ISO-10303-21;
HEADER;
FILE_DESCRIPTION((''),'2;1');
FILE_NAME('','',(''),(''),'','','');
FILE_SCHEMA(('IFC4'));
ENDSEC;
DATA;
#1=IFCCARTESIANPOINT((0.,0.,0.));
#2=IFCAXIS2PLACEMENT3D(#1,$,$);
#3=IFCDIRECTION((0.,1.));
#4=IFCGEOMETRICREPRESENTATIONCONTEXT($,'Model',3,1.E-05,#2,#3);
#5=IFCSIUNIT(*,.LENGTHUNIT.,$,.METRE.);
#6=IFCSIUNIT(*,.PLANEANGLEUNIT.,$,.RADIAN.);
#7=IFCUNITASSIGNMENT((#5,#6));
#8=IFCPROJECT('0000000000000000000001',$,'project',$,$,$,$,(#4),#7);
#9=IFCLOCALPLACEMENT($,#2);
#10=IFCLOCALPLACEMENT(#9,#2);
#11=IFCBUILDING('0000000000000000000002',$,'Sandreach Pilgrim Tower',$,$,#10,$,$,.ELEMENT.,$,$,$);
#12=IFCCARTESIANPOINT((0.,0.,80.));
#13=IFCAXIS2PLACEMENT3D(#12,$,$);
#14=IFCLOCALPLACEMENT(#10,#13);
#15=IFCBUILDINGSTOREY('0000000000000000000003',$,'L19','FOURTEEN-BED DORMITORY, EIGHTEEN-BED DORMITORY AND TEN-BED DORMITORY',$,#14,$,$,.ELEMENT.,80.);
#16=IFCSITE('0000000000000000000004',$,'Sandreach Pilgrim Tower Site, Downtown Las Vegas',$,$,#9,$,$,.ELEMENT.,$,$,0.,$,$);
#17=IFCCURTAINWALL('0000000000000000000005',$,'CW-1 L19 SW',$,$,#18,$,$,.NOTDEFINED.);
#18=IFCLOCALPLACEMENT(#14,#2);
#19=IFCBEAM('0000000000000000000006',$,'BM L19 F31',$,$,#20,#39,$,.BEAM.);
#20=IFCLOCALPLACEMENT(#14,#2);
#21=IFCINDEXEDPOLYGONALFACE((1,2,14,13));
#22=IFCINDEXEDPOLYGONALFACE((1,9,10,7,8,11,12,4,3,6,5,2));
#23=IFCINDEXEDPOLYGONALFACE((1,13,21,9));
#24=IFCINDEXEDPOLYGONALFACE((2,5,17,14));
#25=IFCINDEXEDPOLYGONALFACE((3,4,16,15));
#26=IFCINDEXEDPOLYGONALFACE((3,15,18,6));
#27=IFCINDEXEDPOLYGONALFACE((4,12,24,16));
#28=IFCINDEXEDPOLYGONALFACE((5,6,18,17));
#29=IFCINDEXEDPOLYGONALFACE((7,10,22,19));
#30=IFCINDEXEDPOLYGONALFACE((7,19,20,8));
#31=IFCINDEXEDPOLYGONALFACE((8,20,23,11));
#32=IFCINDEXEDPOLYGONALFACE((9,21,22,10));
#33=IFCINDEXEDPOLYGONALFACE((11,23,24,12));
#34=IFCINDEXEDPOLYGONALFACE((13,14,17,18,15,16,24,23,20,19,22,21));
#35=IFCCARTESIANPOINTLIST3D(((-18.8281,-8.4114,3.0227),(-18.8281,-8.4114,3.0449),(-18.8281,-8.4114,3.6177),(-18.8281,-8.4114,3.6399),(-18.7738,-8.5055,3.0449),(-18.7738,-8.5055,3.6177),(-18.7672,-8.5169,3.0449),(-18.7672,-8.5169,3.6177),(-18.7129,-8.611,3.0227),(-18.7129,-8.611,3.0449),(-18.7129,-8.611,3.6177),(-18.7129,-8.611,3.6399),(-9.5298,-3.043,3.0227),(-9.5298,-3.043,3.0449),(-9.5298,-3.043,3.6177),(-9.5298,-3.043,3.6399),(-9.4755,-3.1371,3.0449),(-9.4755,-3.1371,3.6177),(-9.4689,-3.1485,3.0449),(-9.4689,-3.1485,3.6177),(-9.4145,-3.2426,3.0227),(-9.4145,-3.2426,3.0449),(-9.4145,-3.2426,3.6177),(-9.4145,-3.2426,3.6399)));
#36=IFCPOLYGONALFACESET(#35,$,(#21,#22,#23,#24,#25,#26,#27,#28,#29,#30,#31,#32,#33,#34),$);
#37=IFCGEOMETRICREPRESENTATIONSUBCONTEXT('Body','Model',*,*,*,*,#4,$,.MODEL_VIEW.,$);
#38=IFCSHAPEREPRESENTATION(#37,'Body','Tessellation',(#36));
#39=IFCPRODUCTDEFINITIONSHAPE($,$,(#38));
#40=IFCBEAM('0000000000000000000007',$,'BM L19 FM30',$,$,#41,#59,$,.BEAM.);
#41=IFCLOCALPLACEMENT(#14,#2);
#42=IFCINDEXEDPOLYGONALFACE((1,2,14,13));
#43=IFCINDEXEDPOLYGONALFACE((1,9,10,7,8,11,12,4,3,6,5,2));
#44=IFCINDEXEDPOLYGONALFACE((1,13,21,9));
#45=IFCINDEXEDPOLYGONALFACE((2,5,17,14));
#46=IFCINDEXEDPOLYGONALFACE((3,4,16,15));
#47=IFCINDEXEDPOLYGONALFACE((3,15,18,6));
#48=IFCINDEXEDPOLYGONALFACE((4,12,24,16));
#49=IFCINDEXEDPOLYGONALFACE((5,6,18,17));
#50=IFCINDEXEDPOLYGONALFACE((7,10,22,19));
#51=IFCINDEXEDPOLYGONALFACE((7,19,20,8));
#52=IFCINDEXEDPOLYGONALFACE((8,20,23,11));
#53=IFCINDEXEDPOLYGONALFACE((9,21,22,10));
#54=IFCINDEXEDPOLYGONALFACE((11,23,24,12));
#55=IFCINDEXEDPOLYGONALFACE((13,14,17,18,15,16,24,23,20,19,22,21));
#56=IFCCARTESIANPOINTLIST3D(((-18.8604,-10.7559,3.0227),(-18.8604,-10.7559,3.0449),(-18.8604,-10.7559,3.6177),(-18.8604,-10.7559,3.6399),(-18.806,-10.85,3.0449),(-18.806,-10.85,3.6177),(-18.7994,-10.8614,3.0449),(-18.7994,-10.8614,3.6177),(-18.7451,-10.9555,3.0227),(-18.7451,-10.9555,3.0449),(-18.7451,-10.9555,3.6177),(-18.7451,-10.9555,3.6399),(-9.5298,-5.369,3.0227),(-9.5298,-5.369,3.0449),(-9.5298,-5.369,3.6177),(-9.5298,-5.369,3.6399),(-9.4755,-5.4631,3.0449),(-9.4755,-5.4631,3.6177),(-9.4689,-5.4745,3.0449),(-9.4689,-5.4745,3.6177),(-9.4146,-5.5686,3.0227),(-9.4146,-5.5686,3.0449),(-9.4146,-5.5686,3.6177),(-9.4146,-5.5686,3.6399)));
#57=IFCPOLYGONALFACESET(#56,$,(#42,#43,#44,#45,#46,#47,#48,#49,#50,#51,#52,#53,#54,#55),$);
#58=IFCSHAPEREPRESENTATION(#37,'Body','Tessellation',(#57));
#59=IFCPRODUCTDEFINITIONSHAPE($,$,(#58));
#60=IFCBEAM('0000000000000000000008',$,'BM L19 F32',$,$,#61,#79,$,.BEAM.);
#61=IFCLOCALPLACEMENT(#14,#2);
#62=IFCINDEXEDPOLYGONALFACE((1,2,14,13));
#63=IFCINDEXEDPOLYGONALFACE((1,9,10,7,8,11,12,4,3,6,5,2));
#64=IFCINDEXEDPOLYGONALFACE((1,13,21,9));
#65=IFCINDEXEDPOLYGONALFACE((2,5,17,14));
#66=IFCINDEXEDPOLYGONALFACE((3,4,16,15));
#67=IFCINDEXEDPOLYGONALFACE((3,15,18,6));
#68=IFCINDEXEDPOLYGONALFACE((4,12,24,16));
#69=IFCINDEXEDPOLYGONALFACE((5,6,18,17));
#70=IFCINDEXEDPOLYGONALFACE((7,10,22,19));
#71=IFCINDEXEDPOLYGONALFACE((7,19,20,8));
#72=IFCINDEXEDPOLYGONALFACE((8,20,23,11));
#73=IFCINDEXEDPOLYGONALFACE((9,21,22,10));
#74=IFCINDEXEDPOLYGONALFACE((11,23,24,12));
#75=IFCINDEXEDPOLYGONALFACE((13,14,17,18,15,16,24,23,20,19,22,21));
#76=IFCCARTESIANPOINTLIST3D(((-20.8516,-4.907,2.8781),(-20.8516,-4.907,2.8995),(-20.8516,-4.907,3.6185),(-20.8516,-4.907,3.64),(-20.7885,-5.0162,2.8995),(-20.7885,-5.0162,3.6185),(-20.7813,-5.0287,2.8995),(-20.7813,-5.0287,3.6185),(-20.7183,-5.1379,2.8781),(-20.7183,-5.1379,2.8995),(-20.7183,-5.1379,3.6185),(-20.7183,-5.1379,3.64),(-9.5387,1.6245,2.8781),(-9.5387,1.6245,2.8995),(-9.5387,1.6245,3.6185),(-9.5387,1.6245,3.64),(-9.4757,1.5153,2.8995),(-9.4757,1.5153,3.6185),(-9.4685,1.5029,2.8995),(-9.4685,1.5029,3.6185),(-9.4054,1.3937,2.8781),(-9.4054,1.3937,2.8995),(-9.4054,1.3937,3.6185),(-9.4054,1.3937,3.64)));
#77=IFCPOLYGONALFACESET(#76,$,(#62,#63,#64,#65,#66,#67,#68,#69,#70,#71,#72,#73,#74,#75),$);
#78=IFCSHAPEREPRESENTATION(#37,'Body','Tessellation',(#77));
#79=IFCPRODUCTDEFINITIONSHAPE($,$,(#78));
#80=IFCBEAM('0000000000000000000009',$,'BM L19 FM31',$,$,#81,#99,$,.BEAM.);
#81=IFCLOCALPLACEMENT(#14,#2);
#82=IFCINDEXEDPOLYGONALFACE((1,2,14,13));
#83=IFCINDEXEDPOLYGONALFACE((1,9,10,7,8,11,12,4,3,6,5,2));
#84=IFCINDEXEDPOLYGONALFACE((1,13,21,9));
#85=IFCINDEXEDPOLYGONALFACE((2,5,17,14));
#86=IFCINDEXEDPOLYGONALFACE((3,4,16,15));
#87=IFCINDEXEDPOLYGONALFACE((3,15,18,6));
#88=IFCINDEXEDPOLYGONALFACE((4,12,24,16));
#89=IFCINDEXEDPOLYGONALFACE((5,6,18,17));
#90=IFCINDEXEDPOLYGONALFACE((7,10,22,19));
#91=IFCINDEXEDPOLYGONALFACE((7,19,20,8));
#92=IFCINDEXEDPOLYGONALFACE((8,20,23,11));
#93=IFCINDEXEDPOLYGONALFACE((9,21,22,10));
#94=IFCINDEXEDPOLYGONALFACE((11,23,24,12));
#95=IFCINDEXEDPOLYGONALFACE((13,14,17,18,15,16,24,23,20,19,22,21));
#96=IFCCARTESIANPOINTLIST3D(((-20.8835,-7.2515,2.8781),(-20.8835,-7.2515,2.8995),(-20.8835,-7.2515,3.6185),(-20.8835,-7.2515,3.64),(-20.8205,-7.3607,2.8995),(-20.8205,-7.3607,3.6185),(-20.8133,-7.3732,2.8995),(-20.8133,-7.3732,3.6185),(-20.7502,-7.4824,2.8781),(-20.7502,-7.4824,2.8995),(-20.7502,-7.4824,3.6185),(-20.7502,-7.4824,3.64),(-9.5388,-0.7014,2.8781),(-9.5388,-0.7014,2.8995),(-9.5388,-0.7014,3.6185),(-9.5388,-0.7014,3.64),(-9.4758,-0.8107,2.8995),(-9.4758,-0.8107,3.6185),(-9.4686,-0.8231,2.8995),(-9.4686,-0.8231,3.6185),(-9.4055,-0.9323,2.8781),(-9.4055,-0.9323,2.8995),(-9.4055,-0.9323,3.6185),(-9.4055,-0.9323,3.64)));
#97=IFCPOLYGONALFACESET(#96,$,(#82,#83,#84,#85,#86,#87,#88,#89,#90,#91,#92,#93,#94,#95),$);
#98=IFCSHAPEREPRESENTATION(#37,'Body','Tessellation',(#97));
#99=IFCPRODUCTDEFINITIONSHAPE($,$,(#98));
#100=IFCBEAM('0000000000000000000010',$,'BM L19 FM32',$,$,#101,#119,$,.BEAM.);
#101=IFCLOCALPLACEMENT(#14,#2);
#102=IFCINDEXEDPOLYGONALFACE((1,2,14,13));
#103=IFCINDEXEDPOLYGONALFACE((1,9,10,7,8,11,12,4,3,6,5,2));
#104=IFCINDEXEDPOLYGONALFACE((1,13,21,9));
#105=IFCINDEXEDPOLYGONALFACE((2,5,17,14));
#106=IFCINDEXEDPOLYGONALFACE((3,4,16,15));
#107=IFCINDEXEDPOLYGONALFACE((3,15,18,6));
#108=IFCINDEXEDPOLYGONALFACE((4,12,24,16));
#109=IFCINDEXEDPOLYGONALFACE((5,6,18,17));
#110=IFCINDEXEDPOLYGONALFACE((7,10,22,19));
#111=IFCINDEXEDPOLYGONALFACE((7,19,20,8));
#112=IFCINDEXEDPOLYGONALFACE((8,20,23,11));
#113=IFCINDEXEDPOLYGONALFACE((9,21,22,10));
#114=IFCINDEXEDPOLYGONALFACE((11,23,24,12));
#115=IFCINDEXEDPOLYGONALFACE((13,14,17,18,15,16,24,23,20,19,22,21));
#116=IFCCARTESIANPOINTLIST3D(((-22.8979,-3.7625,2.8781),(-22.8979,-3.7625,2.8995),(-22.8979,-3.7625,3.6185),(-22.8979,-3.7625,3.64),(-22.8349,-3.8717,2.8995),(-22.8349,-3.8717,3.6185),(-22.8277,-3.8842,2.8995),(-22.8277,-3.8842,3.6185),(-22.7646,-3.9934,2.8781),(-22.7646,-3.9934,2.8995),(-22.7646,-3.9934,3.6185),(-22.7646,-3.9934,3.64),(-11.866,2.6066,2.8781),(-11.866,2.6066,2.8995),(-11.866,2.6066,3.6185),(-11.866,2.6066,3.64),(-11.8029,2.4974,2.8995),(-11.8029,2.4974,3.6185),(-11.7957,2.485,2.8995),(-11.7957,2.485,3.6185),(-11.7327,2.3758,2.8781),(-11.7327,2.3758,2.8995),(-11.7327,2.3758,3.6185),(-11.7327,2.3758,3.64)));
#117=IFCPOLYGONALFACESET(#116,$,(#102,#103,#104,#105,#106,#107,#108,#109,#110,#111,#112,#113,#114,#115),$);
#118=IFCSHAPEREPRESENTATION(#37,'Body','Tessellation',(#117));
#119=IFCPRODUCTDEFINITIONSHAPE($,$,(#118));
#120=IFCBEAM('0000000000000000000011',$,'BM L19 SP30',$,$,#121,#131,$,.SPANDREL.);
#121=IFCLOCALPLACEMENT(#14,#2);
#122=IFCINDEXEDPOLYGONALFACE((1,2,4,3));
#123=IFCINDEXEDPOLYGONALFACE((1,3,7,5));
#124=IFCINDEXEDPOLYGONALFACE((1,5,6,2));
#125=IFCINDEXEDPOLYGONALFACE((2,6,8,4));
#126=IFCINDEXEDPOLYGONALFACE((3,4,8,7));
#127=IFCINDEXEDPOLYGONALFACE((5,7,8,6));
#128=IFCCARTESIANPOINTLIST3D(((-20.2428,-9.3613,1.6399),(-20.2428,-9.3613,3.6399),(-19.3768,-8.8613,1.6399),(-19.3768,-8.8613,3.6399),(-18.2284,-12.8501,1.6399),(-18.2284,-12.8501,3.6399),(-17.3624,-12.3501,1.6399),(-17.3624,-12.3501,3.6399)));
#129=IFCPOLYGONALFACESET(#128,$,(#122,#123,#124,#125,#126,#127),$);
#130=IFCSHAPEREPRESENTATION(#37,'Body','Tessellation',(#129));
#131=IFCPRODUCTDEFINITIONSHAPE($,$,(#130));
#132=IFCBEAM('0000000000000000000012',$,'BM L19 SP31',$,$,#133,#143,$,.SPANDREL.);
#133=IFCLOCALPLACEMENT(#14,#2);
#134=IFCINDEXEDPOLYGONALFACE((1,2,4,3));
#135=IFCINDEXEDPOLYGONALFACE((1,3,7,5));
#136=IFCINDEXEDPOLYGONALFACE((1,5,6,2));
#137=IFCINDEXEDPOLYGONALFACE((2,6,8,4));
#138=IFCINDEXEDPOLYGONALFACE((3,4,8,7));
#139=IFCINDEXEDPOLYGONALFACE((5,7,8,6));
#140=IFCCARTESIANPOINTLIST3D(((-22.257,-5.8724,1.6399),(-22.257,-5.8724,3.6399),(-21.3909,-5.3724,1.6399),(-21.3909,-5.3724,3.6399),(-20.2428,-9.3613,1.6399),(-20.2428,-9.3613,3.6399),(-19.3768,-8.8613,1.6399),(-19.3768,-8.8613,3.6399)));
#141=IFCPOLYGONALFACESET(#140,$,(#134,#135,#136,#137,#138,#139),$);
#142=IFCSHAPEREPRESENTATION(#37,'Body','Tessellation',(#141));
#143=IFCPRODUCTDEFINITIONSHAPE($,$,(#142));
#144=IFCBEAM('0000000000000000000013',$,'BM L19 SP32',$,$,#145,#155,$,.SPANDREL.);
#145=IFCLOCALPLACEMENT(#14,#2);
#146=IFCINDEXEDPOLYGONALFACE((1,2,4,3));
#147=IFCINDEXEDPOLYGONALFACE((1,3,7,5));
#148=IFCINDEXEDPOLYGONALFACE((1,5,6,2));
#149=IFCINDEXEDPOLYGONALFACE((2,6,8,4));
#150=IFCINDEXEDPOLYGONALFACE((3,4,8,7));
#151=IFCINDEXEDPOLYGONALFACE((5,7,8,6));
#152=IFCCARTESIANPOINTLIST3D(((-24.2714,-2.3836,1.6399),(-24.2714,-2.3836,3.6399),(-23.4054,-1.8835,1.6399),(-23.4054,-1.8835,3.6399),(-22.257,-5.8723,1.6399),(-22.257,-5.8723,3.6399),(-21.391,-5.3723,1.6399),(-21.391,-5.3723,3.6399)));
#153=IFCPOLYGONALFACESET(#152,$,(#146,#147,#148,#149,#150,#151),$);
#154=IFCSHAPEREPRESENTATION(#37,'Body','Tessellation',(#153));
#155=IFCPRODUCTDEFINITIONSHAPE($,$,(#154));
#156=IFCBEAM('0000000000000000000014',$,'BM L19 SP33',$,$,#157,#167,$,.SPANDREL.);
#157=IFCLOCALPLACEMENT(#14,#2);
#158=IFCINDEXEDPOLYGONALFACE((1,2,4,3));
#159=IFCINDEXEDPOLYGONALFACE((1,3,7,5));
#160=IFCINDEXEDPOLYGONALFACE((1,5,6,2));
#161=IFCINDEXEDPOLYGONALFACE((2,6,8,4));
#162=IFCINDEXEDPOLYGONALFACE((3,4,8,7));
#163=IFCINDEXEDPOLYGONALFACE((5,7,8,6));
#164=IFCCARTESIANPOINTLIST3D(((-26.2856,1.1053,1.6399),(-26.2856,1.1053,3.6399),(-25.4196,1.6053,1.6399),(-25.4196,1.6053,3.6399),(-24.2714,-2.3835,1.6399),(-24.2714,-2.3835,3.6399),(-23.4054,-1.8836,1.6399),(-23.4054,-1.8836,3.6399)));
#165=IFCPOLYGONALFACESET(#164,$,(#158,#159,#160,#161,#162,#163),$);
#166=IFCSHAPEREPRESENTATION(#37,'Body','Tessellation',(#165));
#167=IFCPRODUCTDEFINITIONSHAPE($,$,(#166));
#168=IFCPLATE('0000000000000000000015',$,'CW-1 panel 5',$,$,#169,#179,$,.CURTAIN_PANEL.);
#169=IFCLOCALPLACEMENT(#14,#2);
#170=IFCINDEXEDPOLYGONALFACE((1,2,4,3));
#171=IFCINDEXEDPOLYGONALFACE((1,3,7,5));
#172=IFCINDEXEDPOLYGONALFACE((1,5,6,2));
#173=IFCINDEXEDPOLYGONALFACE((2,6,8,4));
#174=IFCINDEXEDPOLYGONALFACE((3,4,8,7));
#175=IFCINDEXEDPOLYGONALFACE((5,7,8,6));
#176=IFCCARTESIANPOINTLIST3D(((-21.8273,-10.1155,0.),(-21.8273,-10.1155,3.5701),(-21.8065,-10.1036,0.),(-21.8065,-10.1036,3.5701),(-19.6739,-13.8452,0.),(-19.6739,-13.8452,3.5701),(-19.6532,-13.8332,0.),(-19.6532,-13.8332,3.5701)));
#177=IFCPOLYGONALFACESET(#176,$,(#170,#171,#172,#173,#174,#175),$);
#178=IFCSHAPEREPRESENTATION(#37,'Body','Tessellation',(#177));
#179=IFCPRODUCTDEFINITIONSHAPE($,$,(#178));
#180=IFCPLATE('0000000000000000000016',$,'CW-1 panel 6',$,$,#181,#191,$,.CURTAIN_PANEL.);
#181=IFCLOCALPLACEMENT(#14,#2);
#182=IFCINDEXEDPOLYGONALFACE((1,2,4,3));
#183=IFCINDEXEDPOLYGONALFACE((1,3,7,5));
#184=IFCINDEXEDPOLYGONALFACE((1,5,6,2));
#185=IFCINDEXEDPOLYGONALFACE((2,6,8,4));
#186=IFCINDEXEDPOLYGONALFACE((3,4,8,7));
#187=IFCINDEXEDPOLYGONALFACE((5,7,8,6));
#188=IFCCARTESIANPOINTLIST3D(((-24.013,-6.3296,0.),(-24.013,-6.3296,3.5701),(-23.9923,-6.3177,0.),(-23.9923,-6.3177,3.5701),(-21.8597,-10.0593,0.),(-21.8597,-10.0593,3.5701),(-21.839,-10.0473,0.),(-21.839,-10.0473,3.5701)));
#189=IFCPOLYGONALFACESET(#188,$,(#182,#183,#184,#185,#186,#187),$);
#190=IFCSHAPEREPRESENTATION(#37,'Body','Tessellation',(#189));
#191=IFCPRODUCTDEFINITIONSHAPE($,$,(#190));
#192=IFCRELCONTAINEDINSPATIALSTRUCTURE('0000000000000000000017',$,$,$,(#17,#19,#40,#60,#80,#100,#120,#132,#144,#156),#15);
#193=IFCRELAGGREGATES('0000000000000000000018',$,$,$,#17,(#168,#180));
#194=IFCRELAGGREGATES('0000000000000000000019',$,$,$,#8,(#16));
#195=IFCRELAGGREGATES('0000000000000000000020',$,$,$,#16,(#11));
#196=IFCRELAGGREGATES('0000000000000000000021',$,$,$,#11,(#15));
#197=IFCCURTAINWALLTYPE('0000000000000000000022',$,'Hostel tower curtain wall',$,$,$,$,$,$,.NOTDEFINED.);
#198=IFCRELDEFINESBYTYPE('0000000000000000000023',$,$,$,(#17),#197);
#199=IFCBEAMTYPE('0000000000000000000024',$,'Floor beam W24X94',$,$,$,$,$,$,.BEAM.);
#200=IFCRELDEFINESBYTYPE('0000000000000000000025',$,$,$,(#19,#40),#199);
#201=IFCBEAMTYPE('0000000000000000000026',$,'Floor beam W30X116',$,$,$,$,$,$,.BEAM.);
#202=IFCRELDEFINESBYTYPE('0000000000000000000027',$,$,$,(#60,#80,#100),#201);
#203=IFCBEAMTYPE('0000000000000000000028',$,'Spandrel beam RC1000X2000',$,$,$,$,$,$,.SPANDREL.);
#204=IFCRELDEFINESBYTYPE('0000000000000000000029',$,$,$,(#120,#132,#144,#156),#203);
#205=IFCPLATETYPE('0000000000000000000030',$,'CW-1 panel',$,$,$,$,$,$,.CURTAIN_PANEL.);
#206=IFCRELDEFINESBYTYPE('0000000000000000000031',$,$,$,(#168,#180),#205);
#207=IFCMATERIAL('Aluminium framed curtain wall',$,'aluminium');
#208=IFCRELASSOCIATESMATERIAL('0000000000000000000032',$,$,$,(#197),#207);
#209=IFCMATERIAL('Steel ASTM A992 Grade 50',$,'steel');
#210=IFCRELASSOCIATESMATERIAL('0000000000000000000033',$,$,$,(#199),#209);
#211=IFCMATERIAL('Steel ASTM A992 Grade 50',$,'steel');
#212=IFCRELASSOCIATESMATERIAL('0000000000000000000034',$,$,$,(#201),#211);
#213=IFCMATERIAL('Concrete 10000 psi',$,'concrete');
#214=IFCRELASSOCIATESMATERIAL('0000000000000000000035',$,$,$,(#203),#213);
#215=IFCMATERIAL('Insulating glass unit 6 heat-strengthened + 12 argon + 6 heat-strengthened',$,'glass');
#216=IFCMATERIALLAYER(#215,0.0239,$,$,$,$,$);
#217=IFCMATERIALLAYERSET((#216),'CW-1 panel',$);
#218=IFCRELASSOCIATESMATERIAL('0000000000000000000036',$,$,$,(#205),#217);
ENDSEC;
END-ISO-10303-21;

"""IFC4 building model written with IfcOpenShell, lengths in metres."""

from ifc_helpers import new_model, si_unit, direction, frame, origin, origin_2d, place, context, subcontext, project, spatial, rectangle, i_section, extrude, material, layer, layer_set, material_profile, profile_set, type_object, element, aggregate, save


model = new_model("IFC4")

# Units and contexts
model_context = context("Model", 3, precision=1e-05, world=origin(), true_north=direction((0.0, 1.0)))
body_context = subcontext(model_context, "Body", "Model", "MODEL_VIEW")
ifc_project = project(units=[si_unit("LENGTHUNIT", "METRE"), si_unit("PLANEANGLEUNIT", "RADIAN")], contexts=[model_context])

# Site, building, storey
site_placement = place(None, origin())
site = spatial("IfcSite", under=ifc_project, at=site_placement, Name="Sandreach Pilgrim Tower Site, Downtown Las Vegas", CompositionType="ELEMENT", RefElevation=0.0)
building_placement = place(site_placement, origin())
building = spatial("IfcBuilding", under=site, at=building_placement, Name="Sandreach Pilgrim Tower", CompositionType="ELEMENT")
storey_placement = place(building_placement, frame((0.0, 0.0, 80.0)))
storey = spatial("IfcBuildingStorey", under=building, at=storey_placement, Name="L19", Description="FOURTEEN-BED DORMITORY, EIGHTEEN-BED DORMITORY AND TEN-BED DORMITORY", CompositionType="ELEMENT", Elevation=80.0)

# Curtain wall
ifc_material_1 = material(Name="Aluminium framed curtain wall", Category="aluminium")
curtain_wall_type = type_object("IfcCurtainWallType", Name="Hostel tower curtain wall", PredefinedType="NOTDEFINED", material=ifc_material_1)
curtain_wall_placement = place(storey_placement, origin())
curtain_wall = element("IfcCurtainWall", 1, at=curtain_wall_placement, inside=storey, type_object=curtain_wall_type, Name="CW-1 L19 SW", PredefinedType="NOTDEFINED")

# Beams
ifc_material_2 = material(Name="Steel ASTM A992 Grade 50", Category="steel")
ifc_material_profile_1 = material_profile(ifc_material_2, i_section(OverallWidth=0.2305, OverallDepth=0.6172, WebThickness=0.0132, FlangeThickness=0.0222, at=origin_2d()), Name="W24X94")
ifc_profile_set_1 = profile_set([ifc_material_profile_1], Name="Steel ASTM A992 Grade 50")
beam_type_1 = type_object("IfcBeamType", Name="Floor beam W24X94", PredefinedType="BEAM", material=ifc_profile_set_1)
beam_1_placement = place(storey_placement, frame((-18.7705, -8.5112, 3.3313), z_axis=(0.866025, 0.500001, 0.0), x_axis=(-0.500001, 0.866025, 0.0)))
element("IfcBeam", 2, at=beam_1_placement, inside=storey, type_object=beam_type_1, Name="BM L19 F31", PredefinedType="BEAM", context=body_context, shape_type="SweptSolid", body=[
    extrude(i_section(OverallWidth=0.2305, OverallDepth=0.6172, WebThickness=0.0132, FlangeThickness=0.0222, at=origin_2d()), origin(), (0.0, 0.0, 1.0), 10.7368),
])
beam_2_placement = place(storey_placement, frame((-18.8027, -10.8557, 3.3313), z_axis=(0.866027, 0.499997, 0.0), x_axis=(-0.499997, 0.866027, 0.0)))
element("IfcBeam", 3, at=beam_2_placement, inside=storey, type_object=beam_type_1, Name="BM L19 FM30", PredefinedType="BEAM", context=body_context, shape_type="SweptSolid", body=[
    extrude(i_section(OverallWidth=0.2305, OverallDepth=0.6172, WebThickness=0.0132, FlangeThickness=0.0222, at=origin_2d()), origin(), (0.0, 0.0, 1.0), 10.7739),
])
ifc_material_3 = material(Name="Steel ASTM A992 Grade 50", Category="steel")
ifc_material_profile_2 = material_profile(ifc_material_3, i_section(OverallWidth=0.2666, OverallDepth=0.762, WebThickness=0.0144, FlangeThickness=0.0215, at=origin_2d()), Name="W30X116")
ifc_profile_set_2 = profile_set([ifc_material_profile_2], Name="Steel ASTM A992 Grade 50")
beam_type_2 = type_object("IfcBeamType", Name="Floor beam W30X116", PredefinedType="BEAM", material=ifc_profile_set_2)
beam_3_placement = place(storey_placement, frame((-20.7849, -5.0225, 3.259), z_axis=(0.866023, 0.500004, 0.0), x_axis=(-0.500004, 0.866023, 0.0)))
element("IfcBeam", 4, at=beam_3_placement, inside=storey, type_object=beam_type_2, Name="BM L19 F32", PredefinedType="BEAM", context=body_context, shape_type="SweptSolid", body=[
    extrude(i_section(OverallWidth=0.2666, OverallDepth=0.762, WebThickness=0.0144, FlangeThickness=0.0215, at=origin_2d()), origin(), (0.0, 0.0, 1.0), 13.063),
])
beam_4_placement = place(storey_placement, frame((-20.8169, -7.3669, 3.259), z_axis=(0.86602, 0.50001, 0.0), x_axis=(-0.50001, 0.86602, 0.0)))
element("IfcBeam", 5, at=beam_4_placement, inside=storey, type_object=beam_type_2, Name="BM L19 FM31", PredefinedType="BEAM", context=body_context, shape_type="SweptSolid", body=[
    extrude(i_section(OverallWidth=0.2666, OverallDepth=0.762, WebThickness=0.0144, FlangeThickness=0.0215, at=origin_2d()), origin(), (0.0, 0.0, 1.0), 13.0999),
])
beam_5_placement = place(storey_placement, frame((-22.8313, -3.8779, 3.259), z_axis=(0.866031, 0.49999, 0.0), x_axis=(-0.49999, 0.866031, 0.0)))
element("IfcBeam", 6, at=beam_5_placement, inside=storey, type_object=beam_type_2, Name="BM L19 FM32", PredefinedType="BEAM", context=body_context, shape_type="SweptSolid", body=[
    extrude(i_section(OverallWidth=0.2666, OverallDepth=0.762, WebThickness=0.0144, FlangeThickness=0.0215, at=origin_2d()), origin(), (0.0, 0.0, 1.0), 12.7385),
])
ifc_material_4 = material(Name="Concrete 10000 psi", Category="concrete")
ifc_material_profile_3 = material_profile(ifc_material_4, rectangle(XDim=1.0, YDim=2.0, at=origin_2d()), Name="RC1000X2000")
ifc_profile_set_3 = profile_set([ifc_material_profile_3], Name="Concrete 10000 psi")
beam_type_3 = type_object("IfcBeamType", Name="Spandrel beam RC1000X2000", PredefinedType="SPANDREL", material=ifc_profile_set_3)
for number, where, z_axis, x_axis, name in (
    (7, (-17.7954, -12.6001, 2.6399), (-0.50003, 0.866008, 0.0), (-0.866008, -0.50003, 0.0), "BM L19 SP30"),
    (8, (-19.8098, -9.1113, 2.6399), (-0.499959, 0.866049, 0.0), (-0.866049, -0.499959, 0.0), "BM L19 SP31"),
    (9, (-21.824, -5.6223, 2.6399), (-0.50003, 0.866008, 0.0), (-0.866008, -0.50003, 0.0), "BM L19 SP32"),
    (10, (-23.8384, -2.1335, 2.6399), (-0.499985, 0.866034, 0.0), (-0.866034, -0.499985, 0.0), "BM L19 SP33"),
):
    element("IfcBeam", number, at=place(storey_placement, frame(where, z_axis=z_axis, x_axis=x_axis)), inside=storey, type_object=beam_type_3, Name=name, PredefinedType="SPANDREL", context=body_context, shape_type="SweptSolid", body=[
        extrude(rectangle(XDim=1.0, YDim=2.0, at=origin_2d()), origin(), (0.0, 0.0, 1.0), 4.0286),
    ])

# Plates
ifc_material_5 = material(Name="Insulating glass unit 6 heat-strengthened + 12 argon + 6 heat-strengthened", Category="glass")
ifc_layer_1 = layer(ifc_material_5, 0.0239)
ifc_layer_set_1 = layer_set([ifc_layer_1], Name="CW-1 panel")
plate_type = type_object("IfcPlateType", Name="CW-1 panel", PredefinedType="CURTAIN_PANEL", material=ifc_layer_set_1)
plate_1_placement = place(storey_placement, frame((-20.7402, -11.9744, 0.0), z_axis=(0.0, 0.0, 1.0), x_axis=(-0.5, 0.866025, 0.0)))
plate_1 = element("IfcPlate", 11, at=plate_1_placement, type_object=plate_type, Name="CW-1 panel 5", PredefinedType="CURTAIN_PANEL", context=body_context, shape_type="SweptSolid", body=[
    extrude(rectangle(XDim=4.3066, YDim=0.0239, at=origin_2d()), origin(), (0.0, 0.0, 1.0), 3.5701),
])
plate_2_placement = place(storey_placement, frame((-22.926, -8.1885, 0.0), z_axis=(0.0, 0.0, 1.0), x_axis=(-0.5, 0.866025, 0.0)))
plate_2 = element("IfcPlate", 12, at=plate_2_placement, type_object=plate_type, Name="CW-1 panel 6", PredefinedType="CURTAIN_PANEL", context=body_context, shape_type="SweptSolid", body=[
    extrude(rectangle(XDim=4.3066, YDim=0.0239, at=origin_2d()), origin(), (0.0, 0.0, 1.0), 3.5701),
])
aggregate(curtain_wall, [plate_1, plate_2])

save(model, "model.ifc")
